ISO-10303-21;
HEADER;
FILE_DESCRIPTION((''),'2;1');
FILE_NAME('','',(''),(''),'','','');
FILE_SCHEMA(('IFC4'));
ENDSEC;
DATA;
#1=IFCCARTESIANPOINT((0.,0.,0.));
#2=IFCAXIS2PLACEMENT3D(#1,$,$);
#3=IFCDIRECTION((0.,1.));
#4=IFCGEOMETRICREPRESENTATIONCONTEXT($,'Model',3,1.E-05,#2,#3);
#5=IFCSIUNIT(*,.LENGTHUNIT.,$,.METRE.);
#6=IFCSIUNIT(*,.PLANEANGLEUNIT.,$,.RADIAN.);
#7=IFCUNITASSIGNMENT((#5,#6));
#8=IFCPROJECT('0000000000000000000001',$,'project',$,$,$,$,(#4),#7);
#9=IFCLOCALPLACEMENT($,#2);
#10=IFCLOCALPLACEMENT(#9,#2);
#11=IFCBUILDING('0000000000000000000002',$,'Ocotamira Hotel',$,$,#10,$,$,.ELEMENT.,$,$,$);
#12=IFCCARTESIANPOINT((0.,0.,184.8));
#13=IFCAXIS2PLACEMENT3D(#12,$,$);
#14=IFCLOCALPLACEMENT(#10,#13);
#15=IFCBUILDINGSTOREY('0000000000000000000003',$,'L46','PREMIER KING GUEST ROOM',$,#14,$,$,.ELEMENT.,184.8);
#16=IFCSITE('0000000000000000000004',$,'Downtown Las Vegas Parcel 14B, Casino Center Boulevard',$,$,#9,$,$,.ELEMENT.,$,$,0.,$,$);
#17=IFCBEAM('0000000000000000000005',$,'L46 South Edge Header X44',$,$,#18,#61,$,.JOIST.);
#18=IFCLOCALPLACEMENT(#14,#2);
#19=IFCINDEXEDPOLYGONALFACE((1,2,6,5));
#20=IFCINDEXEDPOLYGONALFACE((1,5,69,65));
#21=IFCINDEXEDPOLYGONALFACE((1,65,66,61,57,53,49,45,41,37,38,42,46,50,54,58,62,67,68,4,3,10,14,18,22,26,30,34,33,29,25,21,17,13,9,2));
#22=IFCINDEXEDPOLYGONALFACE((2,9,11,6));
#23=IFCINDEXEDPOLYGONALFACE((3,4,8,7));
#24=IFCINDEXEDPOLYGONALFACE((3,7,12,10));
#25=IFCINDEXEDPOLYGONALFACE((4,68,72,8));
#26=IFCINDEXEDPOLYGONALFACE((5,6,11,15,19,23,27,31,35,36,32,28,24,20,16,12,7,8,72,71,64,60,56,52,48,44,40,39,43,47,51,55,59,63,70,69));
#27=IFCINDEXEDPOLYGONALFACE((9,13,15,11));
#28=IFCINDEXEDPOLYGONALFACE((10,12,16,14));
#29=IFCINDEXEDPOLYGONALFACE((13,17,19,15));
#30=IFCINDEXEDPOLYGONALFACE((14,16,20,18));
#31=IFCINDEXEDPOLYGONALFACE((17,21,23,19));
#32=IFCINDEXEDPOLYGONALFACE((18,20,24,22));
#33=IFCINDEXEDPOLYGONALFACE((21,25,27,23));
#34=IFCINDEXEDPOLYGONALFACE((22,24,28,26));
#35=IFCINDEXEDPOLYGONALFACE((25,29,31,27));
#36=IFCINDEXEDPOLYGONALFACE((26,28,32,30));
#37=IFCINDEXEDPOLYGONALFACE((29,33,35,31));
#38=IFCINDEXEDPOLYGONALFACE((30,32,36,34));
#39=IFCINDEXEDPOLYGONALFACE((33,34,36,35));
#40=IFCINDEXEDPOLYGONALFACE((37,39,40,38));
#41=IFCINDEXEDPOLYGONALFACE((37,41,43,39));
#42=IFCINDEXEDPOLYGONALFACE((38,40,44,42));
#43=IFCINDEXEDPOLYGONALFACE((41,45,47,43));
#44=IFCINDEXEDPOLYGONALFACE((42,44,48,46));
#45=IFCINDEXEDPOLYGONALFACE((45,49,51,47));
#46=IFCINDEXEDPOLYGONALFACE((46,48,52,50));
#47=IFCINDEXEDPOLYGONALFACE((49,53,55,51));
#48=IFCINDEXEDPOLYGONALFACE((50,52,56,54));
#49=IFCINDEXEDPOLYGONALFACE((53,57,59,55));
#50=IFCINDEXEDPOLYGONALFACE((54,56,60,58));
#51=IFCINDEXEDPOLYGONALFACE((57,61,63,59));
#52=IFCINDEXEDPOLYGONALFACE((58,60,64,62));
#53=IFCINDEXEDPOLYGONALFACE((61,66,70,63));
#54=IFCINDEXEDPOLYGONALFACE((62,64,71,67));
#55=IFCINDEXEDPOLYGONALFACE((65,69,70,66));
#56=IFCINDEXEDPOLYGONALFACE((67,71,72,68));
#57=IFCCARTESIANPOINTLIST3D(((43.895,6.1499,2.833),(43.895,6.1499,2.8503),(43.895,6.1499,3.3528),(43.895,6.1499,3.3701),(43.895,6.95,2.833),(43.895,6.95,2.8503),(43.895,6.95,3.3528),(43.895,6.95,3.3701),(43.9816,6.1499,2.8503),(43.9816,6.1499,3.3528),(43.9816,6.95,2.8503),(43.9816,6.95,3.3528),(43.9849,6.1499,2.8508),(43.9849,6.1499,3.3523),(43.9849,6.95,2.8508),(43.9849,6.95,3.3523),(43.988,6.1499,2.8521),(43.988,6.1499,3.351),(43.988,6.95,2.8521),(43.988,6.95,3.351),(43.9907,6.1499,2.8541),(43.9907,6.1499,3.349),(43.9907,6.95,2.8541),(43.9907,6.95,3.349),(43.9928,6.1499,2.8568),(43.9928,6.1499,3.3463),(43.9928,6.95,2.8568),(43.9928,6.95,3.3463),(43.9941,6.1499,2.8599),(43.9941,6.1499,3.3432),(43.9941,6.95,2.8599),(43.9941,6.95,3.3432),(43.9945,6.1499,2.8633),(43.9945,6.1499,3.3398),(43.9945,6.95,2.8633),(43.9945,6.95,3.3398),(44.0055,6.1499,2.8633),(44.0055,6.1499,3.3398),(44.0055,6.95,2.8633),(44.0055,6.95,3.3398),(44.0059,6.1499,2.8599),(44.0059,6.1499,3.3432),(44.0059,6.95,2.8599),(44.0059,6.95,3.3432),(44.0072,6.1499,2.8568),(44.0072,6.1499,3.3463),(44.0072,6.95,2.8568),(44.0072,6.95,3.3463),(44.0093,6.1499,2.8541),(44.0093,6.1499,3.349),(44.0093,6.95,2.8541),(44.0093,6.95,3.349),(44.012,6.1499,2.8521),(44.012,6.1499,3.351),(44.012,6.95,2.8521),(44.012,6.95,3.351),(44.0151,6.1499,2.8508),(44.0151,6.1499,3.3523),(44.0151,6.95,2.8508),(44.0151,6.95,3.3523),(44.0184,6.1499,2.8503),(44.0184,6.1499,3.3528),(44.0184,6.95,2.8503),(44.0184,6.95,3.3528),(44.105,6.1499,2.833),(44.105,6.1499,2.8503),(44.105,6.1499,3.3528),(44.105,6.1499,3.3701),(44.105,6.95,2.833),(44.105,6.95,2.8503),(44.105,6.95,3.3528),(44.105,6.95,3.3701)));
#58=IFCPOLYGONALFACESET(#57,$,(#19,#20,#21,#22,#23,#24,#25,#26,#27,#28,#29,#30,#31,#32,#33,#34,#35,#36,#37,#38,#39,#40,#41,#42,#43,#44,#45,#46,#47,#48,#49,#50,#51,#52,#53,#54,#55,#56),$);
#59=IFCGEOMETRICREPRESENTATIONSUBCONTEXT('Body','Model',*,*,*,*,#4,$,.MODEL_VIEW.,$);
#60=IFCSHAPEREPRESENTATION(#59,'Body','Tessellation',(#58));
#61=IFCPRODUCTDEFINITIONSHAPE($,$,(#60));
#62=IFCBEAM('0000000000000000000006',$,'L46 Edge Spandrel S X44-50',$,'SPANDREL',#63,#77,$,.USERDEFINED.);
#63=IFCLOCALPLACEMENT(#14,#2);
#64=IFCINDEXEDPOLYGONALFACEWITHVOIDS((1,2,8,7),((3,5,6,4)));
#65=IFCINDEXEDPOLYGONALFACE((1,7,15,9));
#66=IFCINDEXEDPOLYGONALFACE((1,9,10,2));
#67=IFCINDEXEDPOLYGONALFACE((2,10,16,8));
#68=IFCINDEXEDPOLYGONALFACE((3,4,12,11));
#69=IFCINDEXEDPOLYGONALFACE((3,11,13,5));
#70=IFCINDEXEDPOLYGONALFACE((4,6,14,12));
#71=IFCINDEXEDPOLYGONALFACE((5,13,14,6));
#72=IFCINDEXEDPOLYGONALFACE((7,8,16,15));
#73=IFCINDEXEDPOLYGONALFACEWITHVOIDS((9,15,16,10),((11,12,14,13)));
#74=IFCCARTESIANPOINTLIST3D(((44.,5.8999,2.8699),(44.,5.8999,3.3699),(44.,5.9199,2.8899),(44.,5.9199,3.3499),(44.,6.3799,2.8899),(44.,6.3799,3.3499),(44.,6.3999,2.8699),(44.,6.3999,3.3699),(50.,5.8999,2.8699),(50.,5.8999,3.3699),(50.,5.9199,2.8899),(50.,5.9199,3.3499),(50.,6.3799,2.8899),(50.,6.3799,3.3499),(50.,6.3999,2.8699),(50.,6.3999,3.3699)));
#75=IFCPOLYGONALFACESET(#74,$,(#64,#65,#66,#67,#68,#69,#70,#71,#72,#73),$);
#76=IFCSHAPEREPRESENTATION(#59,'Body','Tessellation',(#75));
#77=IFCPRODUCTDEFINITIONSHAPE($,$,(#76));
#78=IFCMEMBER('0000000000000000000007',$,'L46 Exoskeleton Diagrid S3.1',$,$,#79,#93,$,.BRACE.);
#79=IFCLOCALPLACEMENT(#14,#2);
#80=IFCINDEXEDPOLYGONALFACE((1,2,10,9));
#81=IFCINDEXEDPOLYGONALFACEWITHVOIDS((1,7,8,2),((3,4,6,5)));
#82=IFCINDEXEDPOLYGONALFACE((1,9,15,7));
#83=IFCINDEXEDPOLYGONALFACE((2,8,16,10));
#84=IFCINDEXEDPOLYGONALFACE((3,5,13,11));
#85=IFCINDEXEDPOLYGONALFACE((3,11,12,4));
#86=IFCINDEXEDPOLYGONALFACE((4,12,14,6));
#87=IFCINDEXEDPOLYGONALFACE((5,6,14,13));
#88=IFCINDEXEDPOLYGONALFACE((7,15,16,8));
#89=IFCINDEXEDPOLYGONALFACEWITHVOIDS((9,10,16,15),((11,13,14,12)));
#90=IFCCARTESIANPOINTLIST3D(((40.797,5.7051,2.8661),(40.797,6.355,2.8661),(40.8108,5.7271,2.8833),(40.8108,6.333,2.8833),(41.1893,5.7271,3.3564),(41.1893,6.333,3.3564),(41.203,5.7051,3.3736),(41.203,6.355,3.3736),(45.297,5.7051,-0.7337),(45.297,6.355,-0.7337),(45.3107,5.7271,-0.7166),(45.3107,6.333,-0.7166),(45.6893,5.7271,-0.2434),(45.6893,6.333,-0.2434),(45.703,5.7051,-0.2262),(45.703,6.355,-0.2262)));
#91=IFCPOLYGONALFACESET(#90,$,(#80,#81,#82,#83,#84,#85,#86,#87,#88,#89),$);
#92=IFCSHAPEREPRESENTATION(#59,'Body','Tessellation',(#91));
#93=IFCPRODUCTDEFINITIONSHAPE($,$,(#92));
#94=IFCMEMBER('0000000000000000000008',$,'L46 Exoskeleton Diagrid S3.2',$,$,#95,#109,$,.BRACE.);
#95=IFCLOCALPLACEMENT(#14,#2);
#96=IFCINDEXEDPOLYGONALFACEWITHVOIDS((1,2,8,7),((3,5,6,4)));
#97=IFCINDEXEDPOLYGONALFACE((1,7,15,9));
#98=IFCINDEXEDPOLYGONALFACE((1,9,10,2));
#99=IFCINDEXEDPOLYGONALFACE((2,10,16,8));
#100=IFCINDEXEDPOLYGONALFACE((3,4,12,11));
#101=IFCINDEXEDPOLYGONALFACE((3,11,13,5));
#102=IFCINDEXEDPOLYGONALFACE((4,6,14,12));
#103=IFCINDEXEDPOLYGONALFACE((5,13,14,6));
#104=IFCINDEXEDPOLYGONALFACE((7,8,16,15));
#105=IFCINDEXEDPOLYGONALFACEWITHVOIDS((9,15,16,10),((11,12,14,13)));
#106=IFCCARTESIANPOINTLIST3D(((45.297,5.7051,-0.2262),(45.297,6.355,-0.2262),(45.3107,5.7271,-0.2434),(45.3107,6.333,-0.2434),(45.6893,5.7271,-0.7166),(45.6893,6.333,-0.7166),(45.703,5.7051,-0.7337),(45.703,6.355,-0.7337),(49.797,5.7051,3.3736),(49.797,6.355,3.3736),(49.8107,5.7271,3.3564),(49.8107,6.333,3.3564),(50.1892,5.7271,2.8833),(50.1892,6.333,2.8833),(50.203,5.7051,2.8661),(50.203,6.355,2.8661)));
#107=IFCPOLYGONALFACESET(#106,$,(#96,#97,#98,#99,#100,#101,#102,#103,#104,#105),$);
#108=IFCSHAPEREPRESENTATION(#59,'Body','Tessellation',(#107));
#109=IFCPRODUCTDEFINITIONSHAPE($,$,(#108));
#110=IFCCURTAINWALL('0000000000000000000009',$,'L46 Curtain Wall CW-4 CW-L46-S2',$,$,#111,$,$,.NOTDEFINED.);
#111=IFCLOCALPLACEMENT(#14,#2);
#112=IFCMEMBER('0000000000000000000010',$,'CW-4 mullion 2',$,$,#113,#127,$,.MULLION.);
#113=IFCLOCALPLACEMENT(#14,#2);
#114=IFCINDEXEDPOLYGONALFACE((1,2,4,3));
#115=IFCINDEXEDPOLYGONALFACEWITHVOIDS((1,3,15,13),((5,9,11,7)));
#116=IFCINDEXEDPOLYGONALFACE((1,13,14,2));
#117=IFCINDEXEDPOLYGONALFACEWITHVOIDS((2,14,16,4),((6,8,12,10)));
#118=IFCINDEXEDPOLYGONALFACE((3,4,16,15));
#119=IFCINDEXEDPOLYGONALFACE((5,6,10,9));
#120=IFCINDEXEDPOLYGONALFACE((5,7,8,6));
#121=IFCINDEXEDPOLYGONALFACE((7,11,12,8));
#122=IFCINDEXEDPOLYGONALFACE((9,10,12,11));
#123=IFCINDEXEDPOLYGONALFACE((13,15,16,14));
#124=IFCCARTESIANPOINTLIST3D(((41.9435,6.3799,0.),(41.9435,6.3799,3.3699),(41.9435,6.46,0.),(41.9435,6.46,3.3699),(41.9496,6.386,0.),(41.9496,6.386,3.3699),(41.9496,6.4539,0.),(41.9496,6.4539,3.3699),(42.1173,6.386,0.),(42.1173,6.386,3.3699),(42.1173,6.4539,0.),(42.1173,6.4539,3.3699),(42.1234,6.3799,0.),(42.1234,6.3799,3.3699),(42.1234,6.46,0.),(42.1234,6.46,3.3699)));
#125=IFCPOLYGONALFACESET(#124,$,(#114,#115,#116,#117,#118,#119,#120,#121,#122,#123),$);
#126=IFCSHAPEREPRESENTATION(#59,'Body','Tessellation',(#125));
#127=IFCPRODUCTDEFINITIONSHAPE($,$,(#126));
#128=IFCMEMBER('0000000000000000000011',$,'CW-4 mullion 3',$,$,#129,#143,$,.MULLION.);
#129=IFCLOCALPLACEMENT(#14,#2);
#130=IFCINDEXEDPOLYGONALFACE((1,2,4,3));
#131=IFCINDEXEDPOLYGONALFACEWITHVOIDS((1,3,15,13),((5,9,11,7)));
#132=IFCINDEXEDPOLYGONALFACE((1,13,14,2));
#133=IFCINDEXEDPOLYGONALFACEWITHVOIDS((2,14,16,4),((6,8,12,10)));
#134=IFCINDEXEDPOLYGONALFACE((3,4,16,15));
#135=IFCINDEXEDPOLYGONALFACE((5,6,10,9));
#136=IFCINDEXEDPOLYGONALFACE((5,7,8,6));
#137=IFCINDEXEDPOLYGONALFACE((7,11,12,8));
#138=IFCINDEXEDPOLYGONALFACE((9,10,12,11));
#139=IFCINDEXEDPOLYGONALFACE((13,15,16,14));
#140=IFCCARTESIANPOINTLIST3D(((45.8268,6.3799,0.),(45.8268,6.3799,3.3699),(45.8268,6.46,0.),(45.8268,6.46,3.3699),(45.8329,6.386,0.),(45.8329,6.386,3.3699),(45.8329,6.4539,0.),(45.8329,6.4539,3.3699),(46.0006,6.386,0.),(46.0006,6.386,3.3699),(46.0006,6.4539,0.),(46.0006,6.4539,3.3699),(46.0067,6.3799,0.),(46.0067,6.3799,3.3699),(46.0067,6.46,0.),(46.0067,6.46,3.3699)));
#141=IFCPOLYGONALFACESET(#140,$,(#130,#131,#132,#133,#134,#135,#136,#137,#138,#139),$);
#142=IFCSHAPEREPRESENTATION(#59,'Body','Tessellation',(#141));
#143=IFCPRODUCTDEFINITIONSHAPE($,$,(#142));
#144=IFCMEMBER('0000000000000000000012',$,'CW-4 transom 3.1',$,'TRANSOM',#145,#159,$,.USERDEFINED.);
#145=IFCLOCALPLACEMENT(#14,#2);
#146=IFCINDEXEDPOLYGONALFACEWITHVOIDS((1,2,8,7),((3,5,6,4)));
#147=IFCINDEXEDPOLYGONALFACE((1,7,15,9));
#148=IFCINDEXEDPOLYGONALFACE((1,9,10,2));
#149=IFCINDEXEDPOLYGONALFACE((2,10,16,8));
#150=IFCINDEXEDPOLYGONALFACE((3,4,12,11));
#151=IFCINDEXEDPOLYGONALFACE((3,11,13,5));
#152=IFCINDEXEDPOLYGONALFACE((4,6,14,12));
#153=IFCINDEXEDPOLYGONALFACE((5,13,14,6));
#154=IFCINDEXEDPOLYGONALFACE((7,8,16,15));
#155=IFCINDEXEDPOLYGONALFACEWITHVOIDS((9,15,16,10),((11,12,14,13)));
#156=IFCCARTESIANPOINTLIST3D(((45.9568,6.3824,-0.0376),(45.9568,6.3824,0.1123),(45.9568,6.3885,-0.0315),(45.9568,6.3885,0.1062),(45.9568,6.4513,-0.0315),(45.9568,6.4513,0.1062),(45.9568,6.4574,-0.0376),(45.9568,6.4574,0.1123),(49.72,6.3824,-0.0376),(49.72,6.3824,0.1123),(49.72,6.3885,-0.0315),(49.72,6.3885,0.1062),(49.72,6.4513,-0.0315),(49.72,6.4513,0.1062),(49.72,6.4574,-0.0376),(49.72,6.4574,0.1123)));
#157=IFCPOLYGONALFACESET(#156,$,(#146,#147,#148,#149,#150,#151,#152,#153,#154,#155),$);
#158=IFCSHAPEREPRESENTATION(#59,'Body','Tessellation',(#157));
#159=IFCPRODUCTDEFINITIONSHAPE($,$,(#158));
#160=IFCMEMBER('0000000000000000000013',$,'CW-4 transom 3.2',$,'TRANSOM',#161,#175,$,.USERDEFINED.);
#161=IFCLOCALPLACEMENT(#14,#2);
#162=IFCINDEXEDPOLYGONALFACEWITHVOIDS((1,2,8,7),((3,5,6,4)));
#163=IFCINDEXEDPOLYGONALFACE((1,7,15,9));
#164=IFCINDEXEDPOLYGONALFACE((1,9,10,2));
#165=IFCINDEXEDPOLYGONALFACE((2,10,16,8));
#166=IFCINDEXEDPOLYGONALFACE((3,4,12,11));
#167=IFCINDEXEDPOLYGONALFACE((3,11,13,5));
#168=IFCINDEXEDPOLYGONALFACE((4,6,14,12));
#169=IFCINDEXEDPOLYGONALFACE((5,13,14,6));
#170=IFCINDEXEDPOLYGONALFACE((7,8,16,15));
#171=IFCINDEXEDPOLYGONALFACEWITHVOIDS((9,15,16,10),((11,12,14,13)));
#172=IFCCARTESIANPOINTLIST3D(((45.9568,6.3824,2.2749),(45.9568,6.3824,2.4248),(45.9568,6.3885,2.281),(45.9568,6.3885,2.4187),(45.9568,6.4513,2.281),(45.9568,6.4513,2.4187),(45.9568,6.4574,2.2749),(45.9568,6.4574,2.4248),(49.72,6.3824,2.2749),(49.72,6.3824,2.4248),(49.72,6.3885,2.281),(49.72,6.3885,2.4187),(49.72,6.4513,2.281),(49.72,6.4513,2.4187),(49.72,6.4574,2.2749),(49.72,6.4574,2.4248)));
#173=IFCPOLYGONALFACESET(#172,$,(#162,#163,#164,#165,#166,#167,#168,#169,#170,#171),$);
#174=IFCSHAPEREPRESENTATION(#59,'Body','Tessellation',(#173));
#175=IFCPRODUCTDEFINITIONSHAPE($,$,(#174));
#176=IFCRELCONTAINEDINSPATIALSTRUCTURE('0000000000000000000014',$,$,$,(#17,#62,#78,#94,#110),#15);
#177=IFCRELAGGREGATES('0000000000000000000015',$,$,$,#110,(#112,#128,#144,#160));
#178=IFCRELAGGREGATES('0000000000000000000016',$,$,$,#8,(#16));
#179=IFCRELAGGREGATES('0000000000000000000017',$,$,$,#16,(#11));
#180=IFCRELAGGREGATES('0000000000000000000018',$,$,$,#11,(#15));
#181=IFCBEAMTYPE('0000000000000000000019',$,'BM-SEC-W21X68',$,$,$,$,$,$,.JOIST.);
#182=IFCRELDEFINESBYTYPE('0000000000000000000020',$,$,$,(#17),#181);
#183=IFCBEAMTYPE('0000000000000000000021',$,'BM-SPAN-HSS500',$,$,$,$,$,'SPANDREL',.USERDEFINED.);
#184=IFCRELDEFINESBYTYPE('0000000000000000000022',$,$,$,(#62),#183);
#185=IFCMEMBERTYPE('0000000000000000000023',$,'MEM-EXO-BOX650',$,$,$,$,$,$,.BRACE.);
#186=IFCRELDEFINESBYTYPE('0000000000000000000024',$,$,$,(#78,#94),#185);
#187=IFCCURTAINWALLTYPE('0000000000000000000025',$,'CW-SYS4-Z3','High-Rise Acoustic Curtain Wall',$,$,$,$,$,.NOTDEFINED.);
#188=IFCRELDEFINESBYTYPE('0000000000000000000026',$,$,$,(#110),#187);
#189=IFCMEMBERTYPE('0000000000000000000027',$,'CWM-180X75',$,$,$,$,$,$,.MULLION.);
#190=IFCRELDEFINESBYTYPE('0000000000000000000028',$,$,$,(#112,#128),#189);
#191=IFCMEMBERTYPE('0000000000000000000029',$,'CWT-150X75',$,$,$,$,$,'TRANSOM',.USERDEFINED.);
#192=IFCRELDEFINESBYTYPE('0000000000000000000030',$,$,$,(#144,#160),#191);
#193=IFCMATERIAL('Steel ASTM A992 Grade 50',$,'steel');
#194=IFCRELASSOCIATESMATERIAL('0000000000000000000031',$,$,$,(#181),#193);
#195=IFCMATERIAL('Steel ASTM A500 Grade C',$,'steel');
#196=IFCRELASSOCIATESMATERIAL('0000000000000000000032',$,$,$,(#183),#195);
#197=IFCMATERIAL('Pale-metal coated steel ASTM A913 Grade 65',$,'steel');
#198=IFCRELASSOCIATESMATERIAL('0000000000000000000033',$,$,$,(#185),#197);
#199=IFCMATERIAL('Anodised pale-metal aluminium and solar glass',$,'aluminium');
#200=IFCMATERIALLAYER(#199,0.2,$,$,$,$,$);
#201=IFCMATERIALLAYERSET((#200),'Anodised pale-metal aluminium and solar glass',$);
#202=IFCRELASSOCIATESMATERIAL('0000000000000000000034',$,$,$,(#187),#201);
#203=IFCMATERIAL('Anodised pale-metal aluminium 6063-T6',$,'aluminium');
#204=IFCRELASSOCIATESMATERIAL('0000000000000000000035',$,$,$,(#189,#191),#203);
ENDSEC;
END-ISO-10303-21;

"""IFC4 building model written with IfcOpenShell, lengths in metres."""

from ifc_helpers import new_model, si_unit, direction, frame, origin, origin_2d, place, context, subcontext, project, spatial, hollow_rectangle, i_section, extrude, source, transform, mapped, material, layer, layer_set, material_profile, profile_set, type_object, element, aggregate, save


model = new_model("IFC4")

# Units and contexts
model_context = context("Model", 3, precision=1e-05, world=origin(), true_north=direction((0.0, 1.0)))
body_context = subcontext(model_context, "Body", "Model", "MODEL_VIEW")
ifc_project = project(units=[si_unit("LENGTHUNIT", "METRE"), si_unit("PLANEANGLEUNIT", "RADIAN")], contexts=[model_context])

# Site, building, storey
site_placement = place(None, origin())
site = spatial("IfcSite", under=ifc_project, at=site_placement, Name="Downtown Las Vegas Parcel 14B, Casino Center Boulevard", CompositionType="ELEMENT", RefElevation=0.0)
building_placement = place(site_placement, origin())
building = spatial("IfcBuilding", under=site, at=building_placement, Name="Ocotamira Hotel", CompositionType="ELEMENT")
storey_placement = place(building_placement, frame((0.0, 0.0, 184.8)))
storey = spatial("IfcBuildingStorey", under=building, at=storey_placement, Name="L46", Description="PREMIER KING GUEST ROOM", CompositionType="ELEMENT", Elevation=184.8)

# Beams
ifc_material_1 = material(Name="Steel ASTM A992 Grade 50", Category="steel")
ifc_material_profile_1 = material_profile(ifc_material_1, i_section(OverallWidth=0.21, OverallDepth=0.5371, WebThickness=0.011, FlangeThickness=0.0173, FilletRadius=0.0129, at=origin_2d()), Name="W21X68")
ifc_profile_set_1 = profile_set([ifc_material_profile_1], Name="Steel ASTM A992 Grade 50")
beam_type_1 = type_object("IfcBeamType", Name="BM-SEC-W21X68", PredefinedType="JOIST", material=ifc_profile_set_1)
shared_shape_1 = source(origin(), body_context, "Body", "SweptSolid", [
    extrude(i_section(OverallWidth=0.21, OverallDepth=0.5371, WebThickness=0.011, FlangeThickness=0.0173, FilletRadius=0.0129, at=origin_2d()), origin(), (0.0, 0.0, 1.0), 0.8),
])
beam_1_placement = place(storey_placement, frame((44.0, 6.95, 3.1016), z_axis=(0.0, -1.0, 0.0), x_axis=(1.0, 0.0, 0.0)))
element("IfcBeam", 1, at=beam_1_placement, inside=storey, type_object=beam_type_1, Name="L46 South Edge Header X44", PredefinedType="JOIST", context=body_context, shape_type="MappedRepresentation", body=[
    mapped(shared_shape_1, transform((0.0, 0.0, 0.0), scale=1.0)),
])
ifc_material_2 = material(Name="Steel ASTM A500 Grade C", Category="steel")
ifc_material_profile_2 = material_profile(ifc_material_2, hollow_rectangle(XDim=0.5, YDim=0.5, WallThickness=0.02, at=origin_2d()), Name="HSS500X500X20")
ifc_profile_set_2 = profile_set([ifc_material_profile_2], Name="Steel ASTM A500 Grade C")
beam_type_2 = type_object("IfcBeamType", Name="BM-SPAN-HSS500", ElementType="SPANDREL", PredefinedType="USERDEFINED", material=ifc_profile_set_2)
shared_shape_2 = source(origin(), body_context, "Body", "SweptSolid", [
    extrude(hollow_rectangle(XDim=0.5, YDim=0.5, WallThickness=0.02, at=origin_2d()), origin(), (0.0, 0.0, 1.0), 6.0),
])
beam_2_placement = place(storey_placement, frame((44.0, 6.1499, 3.1199), z_axis=(1.0, 0.0, 0.0), x_axis=(0.0, 1.0, 0.0)))
element("IfcBeam", 2, at=beam_2_placement, inside=storey, type_object=beam_type_2, Name="L46 Edge Spandrel S X44-50", ObjectType="SPANDREL", PredefinedType="USERDEFINED", context=body_context, shape_type="MappedRepresentation", body=[
    mapped(shared_shape_2, transform((0.0, 0.0, 0.0), scale=1.0)),
])

# Members
ifc_material_3 = material(Name="Pale-metal coated steel ASTM A913 Grade 65", Category="steel")
ifc_material_profile_3 = material_profile(ifc_material_3, hollow_rectangle(XDim=0.6499, YDim=0.6499, WallThickness=0.022, at=origin_2d()), Name="BOX650X650X22")
ifc_profile_set_3 = profile_set([ifc_material_profile_3], Name="Pale-metal coated steel ASTM A913 Grade 65")
member_type_1 = type_object("IfcMemberType", Name="MEM-EXO-BOX650", PredefinedType="BRACE", material=ifc_profile_set_3)
shared_shape_3 = source(origin(), body_context, "Body", "SweptSolid", [
    extrude(hollow_rectangle(XDim=0.6499, YDim=0.6499, WallThickness=0.022, at=origin_2d()), origin(), (0.0, 0.0, 1.0), 5.7627),
])
for number, where, z_axis, x_axis, name in (
    (3, (45.5, 6.03, -0.48), (-0.780881, 0.0, 0.62468), (0.0, -1.0, 0.0), "L46 Exoskeleton Diagrid S3.1"),
    (4, (45.5, 6.03, -0.48), (0.780881, 0.0, 0.62468), (0.0, 1.0, 0.0), "L46 Exoskeleton Diagrid S3.2"),
):
    element("IfcMember", number, at=place(storey_placement, frame(where, z_axis=z_axis, x_axis=x_axis)), inside=storey, type_object=member_type_1, Name=name, PredefinedType="BRACE", context=body_context, shape_type="MappedRepresentation", body=[
        mapped(shared_shape_3, transform((0.0, 0.0, 0.0), scale=1.0)),
    ])

# Curtain wall, members
ifc_material_4 = material(Name="Anodised pale-metal aluminium and solar glass", Category="aluminium")
ifc_layer_1 = layer(ifc_material_4, 0.2)
ifc_layer_set_1 = layer_set([ifc_layer_1], Name="Anodised pale-metal aluminium and solar glass")
curtain_wall_type = type_object("IfcCurtainWallType", Name="CW-SYS4-Z3", Description="High-Rise Acoustic Curtain Wall", PredefinedType="NOTDEFINED", material=ifc_layer_set_1)
curtain_wall_placement = place(storey_placement, origin())
curtain_wall = element("IfcCurtainWall", 5, at=curtain_wall_placement, inside=storey, type_object=curtain_wall_type, Name="L46 Curtain Wall CW-4 CW-L46-S2", PredefinedType="NOTDEFINED")
ifc_material_5 = material(Name="Anodised pale-metal aluminium 6063-T6", Category="aluminium")
ifc_material_profile_4 = material_profile(ifc_material_5, hollow_rectangle(XDim=0.0801, YDim=0.1799, WallThickness=0.0061, at=origin_2d()), Name="HSS180X80X6")
ifc_profile_set_4 = profile_set([ifc_material_profile_4], Name="Anodised pale-metal aluminium 6063-T6")
member_type_2 = type_object("IfcMemberType", Name="CWM-180X75", PredefinedType="MULLION", material=ifc_profile_set_4)
shared_shape_4 = source(origin(), body_context, "Body", "SweptSolid", [
    extrude(hollow_rectangle(XDim=0.0801, YDim=0.1799, WallThickness=0.0061, at=origin_2d()), origin(), (0.0, 0.0, 1.0), 3.3699),
])
member_1_placement = place(storey_placement, frame((42.0334, 6.4199, 0.0), z_axis=(0.0, 0.0, 1.0), x_axis=(0.0, 1.0, 0.0)))
member_1 = element("IfcMember", 6, at=member_1_placement, type_object=member_type_2, Name="CW-4 mullion 2", PredefinedType="MULLION", context=body_context, shape_type="MappedRepresentation", body=[
    mapped(shared_shape_4, transform((0.0, 0.0, 0.0), scale=1.0)),
])
member_2_placement = place(storey_placement, frame((45.9167, 6.4199, 0.0), z_axis=(0.0, 0.0, 1.0), x_axis=(0.0, 1.0, 0.0)))
member_2 = element("IfcMember", 7, at=member_2_placement, type_object=member_type_2, Name="CW-4 mullion 3", PredefinedType="MULLION", context=body_context, shape_type="MappedRepresentation", body=[
    mapped(shared_shape_4, transform((0.0, 0.0, 0.0), scale=1.0)),
])
ifc_material_profile_5 = material_profile(ifc_material_5, hollow_rectangle(XDim=0.075, YDim=0.1499, WallThickness=0.0061, at=origin_2d()), Name="HSS150X75X6")
ifc_profile_set_5 = profile_set([ifc_material_profile_5], Name="Anodised pale-metal aluminium 6063-T6")
member_type_3 = type_object("IfcMemberType", Name="CWT-150X75", ElementType="TRANSOM", PredefinedType="USERDEFINED", material=ifc_profile_set_5)
shared_shape_5 = source(origin(), body_context, "Body", "SweptSolid", [
    extrude(hollow_rectangle(XDim=0.075, YDim=0.1499, WallThickness=0.0061, at=origin_2d()), origin(), (0.0, 0.0, 1.0), 3.7632),
])
member_3_placement = place(storey_placement, frame((45.9568, 6.4199, 0.0374), z_axis=(1.0, 0.0, 0.0), x_axis=(0.0, 1.0, 0.0)))
member_3 = element("IfcMember", 8, at=member_3_placement, type_object=member_type_3, Name="CW-4 transom 3.1", ObjectType="TRANSOM", PredefinedType="USERDEFINED", context=body_context, shape_type="MappedRepresentation", body=[
    mapped(shared_shape_5, transform((0.0, 0.0, 0.0), scale=1.0)),
])
member_4_placement = place(storey_placement, frame((45.9568, 6.4199, 2.3499), z_axis=(1.0, 0.0, 0.0), x_axis=(0.0, 1.0, 0.0)))
member_4 = element("IfcMember", 9, at=member_4_placement, type_object=member_type_3, Name="CW-4 transom 3.2", ObjectType="TRANSOM", PredefinedType="USERDEFINED", context=body_context, shape_type="MappedRepresentation", body=[
    mapped(shared_shape_5, transform((0.0, 0.0, 0.0), scale=1.0)),
])

aggregate(curtain_wall, [member_1, member_2, member_3, member_4])

save(model, "model.ifc")
